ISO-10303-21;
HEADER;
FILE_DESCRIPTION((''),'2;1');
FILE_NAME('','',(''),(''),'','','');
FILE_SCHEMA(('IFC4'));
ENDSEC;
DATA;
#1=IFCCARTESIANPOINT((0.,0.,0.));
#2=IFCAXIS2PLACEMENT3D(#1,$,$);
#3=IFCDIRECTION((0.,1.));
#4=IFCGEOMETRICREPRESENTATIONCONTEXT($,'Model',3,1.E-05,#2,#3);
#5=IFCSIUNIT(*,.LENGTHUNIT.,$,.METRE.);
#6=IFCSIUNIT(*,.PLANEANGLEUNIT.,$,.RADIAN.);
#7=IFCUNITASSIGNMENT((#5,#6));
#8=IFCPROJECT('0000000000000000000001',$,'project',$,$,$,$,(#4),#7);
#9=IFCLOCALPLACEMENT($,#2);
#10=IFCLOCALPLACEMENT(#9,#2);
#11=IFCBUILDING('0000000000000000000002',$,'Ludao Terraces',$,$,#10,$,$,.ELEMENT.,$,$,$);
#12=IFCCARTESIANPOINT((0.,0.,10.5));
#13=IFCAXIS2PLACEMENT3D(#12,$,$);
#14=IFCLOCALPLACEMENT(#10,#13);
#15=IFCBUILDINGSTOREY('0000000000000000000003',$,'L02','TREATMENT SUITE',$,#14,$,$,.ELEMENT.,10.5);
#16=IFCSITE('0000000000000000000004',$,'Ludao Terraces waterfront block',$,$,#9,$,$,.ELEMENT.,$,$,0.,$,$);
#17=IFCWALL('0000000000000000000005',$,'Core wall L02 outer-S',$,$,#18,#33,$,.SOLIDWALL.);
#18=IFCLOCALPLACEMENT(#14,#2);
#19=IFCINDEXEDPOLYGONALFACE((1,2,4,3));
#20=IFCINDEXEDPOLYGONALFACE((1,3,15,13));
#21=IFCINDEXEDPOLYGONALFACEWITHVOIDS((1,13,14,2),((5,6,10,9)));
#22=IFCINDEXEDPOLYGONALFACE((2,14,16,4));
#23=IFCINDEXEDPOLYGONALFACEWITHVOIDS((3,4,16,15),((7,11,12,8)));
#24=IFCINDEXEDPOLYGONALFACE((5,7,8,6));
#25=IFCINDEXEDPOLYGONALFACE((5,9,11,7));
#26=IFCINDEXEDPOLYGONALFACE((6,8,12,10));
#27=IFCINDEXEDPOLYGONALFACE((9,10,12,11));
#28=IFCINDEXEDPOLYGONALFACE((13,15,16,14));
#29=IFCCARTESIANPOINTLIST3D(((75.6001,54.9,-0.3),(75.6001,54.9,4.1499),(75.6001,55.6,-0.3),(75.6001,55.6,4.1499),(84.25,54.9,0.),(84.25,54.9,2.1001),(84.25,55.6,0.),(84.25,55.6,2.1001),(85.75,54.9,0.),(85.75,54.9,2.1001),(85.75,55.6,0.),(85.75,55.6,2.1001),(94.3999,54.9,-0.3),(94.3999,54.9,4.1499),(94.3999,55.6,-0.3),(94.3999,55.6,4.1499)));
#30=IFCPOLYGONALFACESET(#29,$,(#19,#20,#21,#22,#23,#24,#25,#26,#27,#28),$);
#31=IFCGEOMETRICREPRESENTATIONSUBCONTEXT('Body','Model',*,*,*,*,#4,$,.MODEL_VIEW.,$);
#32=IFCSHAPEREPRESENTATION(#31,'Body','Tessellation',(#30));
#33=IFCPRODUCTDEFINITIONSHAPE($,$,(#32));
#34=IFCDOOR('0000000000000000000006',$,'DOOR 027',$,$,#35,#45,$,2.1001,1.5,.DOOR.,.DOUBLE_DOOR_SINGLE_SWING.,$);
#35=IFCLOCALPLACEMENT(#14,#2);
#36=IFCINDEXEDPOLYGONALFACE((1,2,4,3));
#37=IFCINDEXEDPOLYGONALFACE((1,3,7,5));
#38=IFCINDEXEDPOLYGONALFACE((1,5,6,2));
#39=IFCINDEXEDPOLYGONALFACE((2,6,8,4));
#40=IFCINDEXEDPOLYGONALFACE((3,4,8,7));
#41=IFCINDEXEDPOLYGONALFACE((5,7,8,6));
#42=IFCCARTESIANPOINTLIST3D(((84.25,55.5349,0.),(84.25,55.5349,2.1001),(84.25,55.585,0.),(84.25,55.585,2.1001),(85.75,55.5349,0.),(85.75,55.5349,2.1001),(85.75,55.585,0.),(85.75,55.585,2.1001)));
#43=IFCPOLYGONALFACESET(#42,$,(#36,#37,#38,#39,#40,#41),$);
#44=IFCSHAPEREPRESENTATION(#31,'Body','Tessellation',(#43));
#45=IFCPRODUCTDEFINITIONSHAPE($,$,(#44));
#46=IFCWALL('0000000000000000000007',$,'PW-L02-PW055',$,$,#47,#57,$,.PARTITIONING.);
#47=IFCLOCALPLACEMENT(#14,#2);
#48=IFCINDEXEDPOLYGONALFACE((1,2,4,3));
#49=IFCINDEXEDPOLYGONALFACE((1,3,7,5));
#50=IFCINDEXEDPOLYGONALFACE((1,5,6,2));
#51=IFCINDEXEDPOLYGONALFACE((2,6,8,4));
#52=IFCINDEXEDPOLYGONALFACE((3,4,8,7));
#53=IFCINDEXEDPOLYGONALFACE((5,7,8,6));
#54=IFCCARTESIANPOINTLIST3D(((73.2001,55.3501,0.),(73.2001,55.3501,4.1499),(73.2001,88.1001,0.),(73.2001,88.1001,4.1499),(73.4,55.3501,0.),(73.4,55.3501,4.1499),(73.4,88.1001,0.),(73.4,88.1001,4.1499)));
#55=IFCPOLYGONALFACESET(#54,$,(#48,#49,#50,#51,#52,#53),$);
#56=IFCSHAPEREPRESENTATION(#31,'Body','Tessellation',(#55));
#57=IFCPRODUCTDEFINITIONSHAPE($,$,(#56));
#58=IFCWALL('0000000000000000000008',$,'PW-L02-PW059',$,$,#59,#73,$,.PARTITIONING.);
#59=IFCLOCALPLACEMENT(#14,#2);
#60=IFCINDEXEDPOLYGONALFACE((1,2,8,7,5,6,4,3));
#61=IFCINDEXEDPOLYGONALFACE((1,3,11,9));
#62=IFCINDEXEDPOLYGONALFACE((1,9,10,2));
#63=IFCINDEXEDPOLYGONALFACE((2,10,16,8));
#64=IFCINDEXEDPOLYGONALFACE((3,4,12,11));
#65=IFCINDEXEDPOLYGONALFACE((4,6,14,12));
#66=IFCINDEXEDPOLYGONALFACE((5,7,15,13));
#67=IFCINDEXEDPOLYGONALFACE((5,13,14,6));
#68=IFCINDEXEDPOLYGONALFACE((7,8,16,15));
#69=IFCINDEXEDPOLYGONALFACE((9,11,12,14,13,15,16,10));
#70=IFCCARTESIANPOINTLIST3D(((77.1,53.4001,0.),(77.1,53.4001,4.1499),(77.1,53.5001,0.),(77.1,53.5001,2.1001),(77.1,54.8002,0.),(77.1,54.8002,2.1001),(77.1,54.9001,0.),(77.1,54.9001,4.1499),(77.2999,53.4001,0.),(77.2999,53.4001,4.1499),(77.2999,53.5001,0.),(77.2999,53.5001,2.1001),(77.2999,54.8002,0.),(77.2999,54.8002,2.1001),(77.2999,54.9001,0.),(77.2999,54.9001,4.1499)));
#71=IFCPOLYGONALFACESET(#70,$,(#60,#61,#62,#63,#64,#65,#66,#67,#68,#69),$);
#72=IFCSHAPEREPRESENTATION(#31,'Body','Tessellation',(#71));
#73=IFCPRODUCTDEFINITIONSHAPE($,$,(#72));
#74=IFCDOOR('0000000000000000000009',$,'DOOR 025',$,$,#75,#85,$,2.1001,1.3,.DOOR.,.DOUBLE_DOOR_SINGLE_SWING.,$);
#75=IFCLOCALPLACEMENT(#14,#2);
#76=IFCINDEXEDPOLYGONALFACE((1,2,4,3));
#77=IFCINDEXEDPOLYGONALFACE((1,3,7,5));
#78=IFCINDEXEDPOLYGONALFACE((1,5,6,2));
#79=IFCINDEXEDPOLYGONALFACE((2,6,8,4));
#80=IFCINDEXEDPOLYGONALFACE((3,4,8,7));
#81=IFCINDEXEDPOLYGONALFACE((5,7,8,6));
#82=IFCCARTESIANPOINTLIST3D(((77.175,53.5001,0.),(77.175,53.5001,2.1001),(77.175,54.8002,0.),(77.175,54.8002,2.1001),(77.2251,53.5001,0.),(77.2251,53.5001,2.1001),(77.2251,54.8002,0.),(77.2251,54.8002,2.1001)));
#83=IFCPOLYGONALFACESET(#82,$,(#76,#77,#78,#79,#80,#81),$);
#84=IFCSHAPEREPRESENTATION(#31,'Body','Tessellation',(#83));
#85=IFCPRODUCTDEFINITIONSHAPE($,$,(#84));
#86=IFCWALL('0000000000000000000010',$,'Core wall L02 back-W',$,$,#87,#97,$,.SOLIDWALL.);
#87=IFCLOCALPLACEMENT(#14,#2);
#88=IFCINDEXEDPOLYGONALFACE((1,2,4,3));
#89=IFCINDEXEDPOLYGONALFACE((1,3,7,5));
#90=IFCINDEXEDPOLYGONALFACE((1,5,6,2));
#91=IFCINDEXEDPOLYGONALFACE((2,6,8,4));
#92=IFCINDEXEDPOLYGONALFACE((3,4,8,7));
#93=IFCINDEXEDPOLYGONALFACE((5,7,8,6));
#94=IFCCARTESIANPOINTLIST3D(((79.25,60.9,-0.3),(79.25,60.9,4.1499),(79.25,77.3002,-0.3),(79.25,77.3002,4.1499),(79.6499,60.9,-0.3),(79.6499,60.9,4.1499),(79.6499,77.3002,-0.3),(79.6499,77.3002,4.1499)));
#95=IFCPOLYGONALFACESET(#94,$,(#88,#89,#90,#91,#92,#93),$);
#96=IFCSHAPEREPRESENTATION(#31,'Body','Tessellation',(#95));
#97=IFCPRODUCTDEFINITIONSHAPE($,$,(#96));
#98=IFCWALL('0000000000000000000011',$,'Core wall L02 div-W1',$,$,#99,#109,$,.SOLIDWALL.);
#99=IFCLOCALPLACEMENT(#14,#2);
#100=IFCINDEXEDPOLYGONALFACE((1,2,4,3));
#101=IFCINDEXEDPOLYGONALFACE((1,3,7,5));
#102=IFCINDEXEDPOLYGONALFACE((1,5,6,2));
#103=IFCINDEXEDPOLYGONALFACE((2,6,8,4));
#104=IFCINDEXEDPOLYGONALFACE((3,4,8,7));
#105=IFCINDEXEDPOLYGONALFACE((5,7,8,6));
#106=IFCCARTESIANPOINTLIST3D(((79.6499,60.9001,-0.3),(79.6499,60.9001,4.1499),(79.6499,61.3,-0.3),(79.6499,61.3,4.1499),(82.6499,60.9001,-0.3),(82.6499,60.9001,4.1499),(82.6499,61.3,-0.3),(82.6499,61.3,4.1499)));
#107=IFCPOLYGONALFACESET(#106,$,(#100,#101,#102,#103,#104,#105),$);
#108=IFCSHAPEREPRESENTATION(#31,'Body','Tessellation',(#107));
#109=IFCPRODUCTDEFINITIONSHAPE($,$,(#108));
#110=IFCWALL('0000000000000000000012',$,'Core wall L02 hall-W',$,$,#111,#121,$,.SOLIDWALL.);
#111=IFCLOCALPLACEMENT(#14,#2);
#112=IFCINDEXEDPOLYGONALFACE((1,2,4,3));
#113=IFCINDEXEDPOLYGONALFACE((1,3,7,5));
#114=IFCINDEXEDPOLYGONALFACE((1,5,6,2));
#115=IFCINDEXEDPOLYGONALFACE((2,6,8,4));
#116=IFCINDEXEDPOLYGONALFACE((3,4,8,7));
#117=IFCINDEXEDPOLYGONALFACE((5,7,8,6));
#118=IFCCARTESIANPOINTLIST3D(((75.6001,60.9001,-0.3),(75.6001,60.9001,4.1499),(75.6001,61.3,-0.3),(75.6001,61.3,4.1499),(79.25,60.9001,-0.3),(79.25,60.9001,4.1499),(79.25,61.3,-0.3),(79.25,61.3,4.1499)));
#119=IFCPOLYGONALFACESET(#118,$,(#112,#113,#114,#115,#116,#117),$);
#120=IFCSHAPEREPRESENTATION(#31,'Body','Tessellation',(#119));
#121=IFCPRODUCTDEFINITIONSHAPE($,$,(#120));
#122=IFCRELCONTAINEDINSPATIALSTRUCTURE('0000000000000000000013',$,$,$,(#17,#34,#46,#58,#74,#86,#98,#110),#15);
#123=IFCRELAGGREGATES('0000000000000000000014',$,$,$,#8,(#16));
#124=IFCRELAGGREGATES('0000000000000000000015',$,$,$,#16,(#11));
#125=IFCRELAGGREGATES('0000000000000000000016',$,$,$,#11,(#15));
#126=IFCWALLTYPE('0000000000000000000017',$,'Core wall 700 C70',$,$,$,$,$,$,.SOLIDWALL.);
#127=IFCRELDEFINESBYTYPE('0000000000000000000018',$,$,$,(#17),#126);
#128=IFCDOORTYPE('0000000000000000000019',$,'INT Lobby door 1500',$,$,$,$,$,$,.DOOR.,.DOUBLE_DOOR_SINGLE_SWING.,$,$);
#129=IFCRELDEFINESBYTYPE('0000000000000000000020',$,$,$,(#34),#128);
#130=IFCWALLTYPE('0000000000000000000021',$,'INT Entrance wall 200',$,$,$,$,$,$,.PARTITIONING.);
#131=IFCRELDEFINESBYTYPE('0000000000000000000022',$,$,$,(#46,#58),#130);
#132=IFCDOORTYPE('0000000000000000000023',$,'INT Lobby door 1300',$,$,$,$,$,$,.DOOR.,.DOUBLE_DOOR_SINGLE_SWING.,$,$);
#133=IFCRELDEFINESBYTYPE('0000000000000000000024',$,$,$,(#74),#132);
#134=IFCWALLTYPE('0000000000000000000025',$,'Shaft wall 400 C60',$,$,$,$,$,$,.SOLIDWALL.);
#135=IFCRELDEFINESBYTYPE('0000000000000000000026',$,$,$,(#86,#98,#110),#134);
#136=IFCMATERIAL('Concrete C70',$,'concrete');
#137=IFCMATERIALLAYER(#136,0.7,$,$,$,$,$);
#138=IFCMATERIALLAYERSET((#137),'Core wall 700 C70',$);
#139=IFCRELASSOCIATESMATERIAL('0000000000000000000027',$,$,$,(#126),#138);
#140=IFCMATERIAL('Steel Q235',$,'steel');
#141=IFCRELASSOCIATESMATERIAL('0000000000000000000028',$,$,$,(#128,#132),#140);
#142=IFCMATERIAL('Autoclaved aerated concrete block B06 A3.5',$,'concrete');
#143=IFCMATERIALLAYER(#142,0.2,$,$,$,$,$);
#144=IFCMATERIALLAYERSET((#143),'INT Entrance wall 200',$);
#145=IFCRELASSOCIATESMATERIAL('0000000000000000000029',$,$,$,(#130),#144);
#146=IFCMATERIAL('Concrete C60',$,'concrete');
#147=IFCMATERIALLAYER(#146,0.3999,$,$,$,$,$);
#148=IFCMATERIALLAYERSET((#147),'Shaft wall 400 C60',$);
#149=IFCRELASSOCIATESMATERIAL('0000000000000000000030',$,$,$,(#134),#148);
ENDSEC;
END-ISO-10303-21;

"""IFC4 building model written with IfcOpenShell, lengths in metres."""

from ifc_helpers import new_model, si_unit, direction, frame, frame_2d, origin, place, context, subcontext, project, spatial, rectangle, extrude, material, layer, layer_set, type_object, element, fill, save


model = new_model("IFC4")

# Units and contexts
model_context = context("Model", 3, precision=1e-05, world=origin(), true_north=direction((0.0, 1.0)))
body_context = subcontext(model_context, "Body", "Model", "MODEL_VIEW")
ifc_project = project(units=[si_unit("LENGTHUNIT", "METRE"), si_unit("PLANEANGLEUNIT", "RADIAN")], contexts=[model_context])

# Site, building, storey
site_placement = place(None, origin())
site = spatial("IfcSite", under=ifc_project, at=site_placement, Name="Ludao Terraces waterfront block", CompositionType="ELEMENT", RefElevation=0.0)
building_placement = place(site_placement, origin())
building = spatial("IfcBuilding", under=site, at=building_placement, Name="Ludao Terraces", CompositionType="ELEMENT")
storey_placement = place(building_placement, frame((0.0, 0.0, 10.5)))
storey = spatial("IfcBuildingStorey", under=building, at=storey_placement, Name="L02", Description="TREATMENT SUITE", CompositionType="ELEMENT", Elevation=10.5)

# Shared definitions
ifc_material_1 = material(Name="Concrete C60", Category="concrete")

# Shared definitions
ifc_material_2 = material(Name="Concrete C70", Category="concrete")
ifc_layer_1 = layer(ifc_material_2, 0.7)
ifc_layer_set_1 = layer_set([ifc_layer_1], Name="Core wall 700 C70")
wall_type_1 = type_object("IfcWallType", Name="Core wall 700 C70", PredefinedType="SOLIDWALL", material=ifc_layer_set_1)
ifc_material_3 = material(Name="Steel Q235", Category="steel")

# Wall, opening, door
wall_1_placement = place(storey_placement, frame((75.6001, 55.25, -0.3), z_axis=(0.0, 0.0, 1.0), x_axis=(1.0, 0.0, 0.0)))
wall_1 = element("IfcWall", 1, at=wall_1_placement, inside=storey, type_object=wall_type_1, Name="Core wall L02 outer-S", PredefinedType="SOLIDWALL", context=body_context, shape_type="SweptSolid", body=[
    extrude(rectangle(XDim=18.7998, YDim=0.7, at=frame_2d((9.3999, 0.0))), origin(), (0.0, 0.0, 1.0), 4.45),
])
opening_1_placement = place(wall_1_placement, frame((8.6499, 0.0, 0.3)))
opening_1 = element("IfcOpeningElement", 2, at=opening_1_placement, cuts=wall_1, PredefinedType="OPENING", context=body_context, shape_type="SweptSolid", body=[
    extrude(rectangle(XDim=1.5, YDim=2.1001, at=frame_2d((0.75, 1.05))), frame((0.0, 0.3599, 0.0), z_axis=(0.0, -1.0, 0.0), x_axis=(1.0, 0.0, 0.0)), (0.0, 0.0, 1.0), 0.72),
])
door_type_1 = type_object("IfcDoorType", Name="INT Lobby door 1500", OperationType="DOUBLE_DOOR_SINGLE_SWING", PredefinedType="DOOR", material=ifc_material_3)
door_1_placement = place(opening_1_placement, origin())
door_1 = element("IfcDoor", 3, at=door_1_placement, inside=storey, type_object=door_type_1, Name="DOOR 027", OperationType="DOUBLE_DOOR_SINGLE_SWING", OverallHeight=2.1001, OverallWidth=1.5, PredefinedType="DOOR", context=body_context, shape_type="SweptSolid", body=[
    extrude(rectangle(XDim=1.5, YDim=2.1001, at=frame_2d((0.75, 1.05))), frame((0.0, 0.335, 0.0), z_axis=(0.0, -1.0, 0.0), x_axis=(1.0, 0.0, 0.0)), (0.0, 0.0, 1.0), 0.05),
])
fill(opening_1, door_1)

# Wall
ifc_material_4 = material(Name="Autoclaved aerated concrete block B06 A3.5", Category="concrete")
ifc_layer_2 = layer(ifc_material_4, 0.2)
ifc_layer_set_2 = layer_set([ifc_layer_2], Name="INT Entrance wall 200")
wall_type_2 = type_object("IfcWallType", Name="INT Entrance wall 200", PredefinedType="PARTITIONING", material=ifc_layer_set_2)
wall_2_placement = place(storey_placement, frame((73.3, 55.3501, 0.0), z_axis=(0.0, 0.0, 1.0), x_axis=(0.0, 1.0, 0.0)))
element("IfcWall", 4, at=wall_2_placement, inside=storey, type_object=wall_type_2, Name="PW-L02-PW055", PredefinedType="PARTITIONING", context=body_context, shape_type="SweptSolid", body=[
    extrude(rectangle(XDim=32.75, YDim=0.2, at=frame_2d((16.375, 0.0))), origin(), (0.0, 0.0, 1.0), 4.1499),
])

# Wall, opening, door
wall_3_placement = place(storey_placement, frame((77.2, 53.4001, 0.0), z_axis=(0.0, 0.0, 1.0), x_axis=(0.0, 1.0, 0.0)))
wall_3 = element("IfcWall", 5, at=wall_3_placement, inside=storey, type_object=wall_type_2, Name="PW-L02-PW059", PredefinedType="PARTITIONING", context=body_context, shape_type="SweptSolid", body=[
    extrude(rectangle(XDim=1.5, YDim=0.2, at=frame_2d((0.75, 0.0))), origin(), (0.0, 0.0, 1.0), 4.1499),
])
opening_2_placement = place(wall_3_placement, frame((0.1001, 0.0, 0.0)))
opening_2 = element("IfcOpeningElement", 6, at=opening_2_placement, cuts=wall_3, PredefinedType="OPENING", context=body_context, shape_type="SweptSolid", body=[
    extrude(rectangle(XDim=1.3, YDim=2.1001, at=frame_2d((0.6499, 1.05))), frame((0.0, 0.1099, 0.0), z_axis=(0.0, -1.0, 0.0), x_axis=(1.0, 0.0, 0.0)), (0.0, 0.0, 1.0), 0.22),
])
door_type_2 = type_object("IfcDoorType", Name="INT Lobby door 1300", OperationType="DOUBLE_DOOR_SINGLE_SWING", PredefinedType="DOOR", material=ifc_material_3)
door_2_placement = place(opening_2_placement, origin())
door_2 = element("IfcDoor", 7, at=door_2_placement, inside=storey, type_object=door_type_2, Name="DOOR 025", OperationType="DOUBLE_DOOR_SINGLE_SWING", OverallHeight=2.1001, OverallWidth=1.3, PredefinedType="DOOR", context=body_context, shape_type="SweptSolid", body=[
    extrude(rectangle(XDim=1.3, YDim=2.1001, at=frame_2d((0.6499, 1.05))), frame((0.0, 0.0249, 0.0), z_axis=(0.0, -1.0, 0.0), x_axis=(1.0, 0.0, 0.0)), (0.0, 0.0, 1.0), 0.05),
])
fill(opening_2, door_2)

# Walls
ifc_layer_3 = layer(ifc_material_1, 0.3999)
ifc_layer_set_3 = layer_set([ifc_layer_3], Name="Shaft wall 400 C60")
wall_type_3 = type_object("IfcWallType", Name="Shaft wall 400 C60", PredefinedType="SOLIDWALL", material=ifc_layer_set_3)
wall_4_placement = place(storey_placement, frame((79.45, 60.8999, -0.3), z_axis=(0.0, 0.0, 1.0), x_axis=(0.0, 1.0, 0.0)))
element("IfcWall", 8, at=wall_4_placement, inside=storey, type_object=wall_type_3, Name="Core wall L02 back-W", PredefinedType="SOLIDWALL", context=body_context, shape_type="SweptSolid", body=[
    extrude(rectangle(XDim=16.4001, YDim=0.3999, at=frame_2d((8.2002, 0.0))), origin(), (0.0, 0.0, 1.0), 4.45),
])
wall_5_placement = place(storey_placement, frame((79.6499, 61.1001, -0.3), z_axis=(0.0, 0.0, 1.0), x_axis=(1.0, 0.0, 0.0)))
element("IfcWall", 9, at=wall_5_placement, inside=storey, type_object=wall_type_3, Name="Core wall L02 div-W1", PredefinedType="SOLIDWALL", context=body_context, shape_type="SweptSolid", body=[
    extrude(rectangle(XDim=3.0, YDim=0.3999, at=frame_2d((1.5, 0.0))), origin(), (0.0, 0.0, 1.0), 4.45),
])
wall_6_placement = place(storey_placement, frame((75.6001, 61.1001, -0.3), z_axis=(0.0, 0.0, 1.0), x_axis=(1.0, 0.0, 0.0)))
element("IfcWall", 10, at=wall_6_placement, inside=storey, type_object=wall_type_3, Name="Core wall L02 hall-W", PredefinedType="SOLIDWALL", context=body_context, shape_type="SweptSolid", body=[
    extrude(rectangle(XDim=3.6499, YDim=0.3999, at=frame_2d((1.825, 0.0))), origin(), (0.0, 0.0, 1.0), 4.45),
])

save(model, "model.ifc")
